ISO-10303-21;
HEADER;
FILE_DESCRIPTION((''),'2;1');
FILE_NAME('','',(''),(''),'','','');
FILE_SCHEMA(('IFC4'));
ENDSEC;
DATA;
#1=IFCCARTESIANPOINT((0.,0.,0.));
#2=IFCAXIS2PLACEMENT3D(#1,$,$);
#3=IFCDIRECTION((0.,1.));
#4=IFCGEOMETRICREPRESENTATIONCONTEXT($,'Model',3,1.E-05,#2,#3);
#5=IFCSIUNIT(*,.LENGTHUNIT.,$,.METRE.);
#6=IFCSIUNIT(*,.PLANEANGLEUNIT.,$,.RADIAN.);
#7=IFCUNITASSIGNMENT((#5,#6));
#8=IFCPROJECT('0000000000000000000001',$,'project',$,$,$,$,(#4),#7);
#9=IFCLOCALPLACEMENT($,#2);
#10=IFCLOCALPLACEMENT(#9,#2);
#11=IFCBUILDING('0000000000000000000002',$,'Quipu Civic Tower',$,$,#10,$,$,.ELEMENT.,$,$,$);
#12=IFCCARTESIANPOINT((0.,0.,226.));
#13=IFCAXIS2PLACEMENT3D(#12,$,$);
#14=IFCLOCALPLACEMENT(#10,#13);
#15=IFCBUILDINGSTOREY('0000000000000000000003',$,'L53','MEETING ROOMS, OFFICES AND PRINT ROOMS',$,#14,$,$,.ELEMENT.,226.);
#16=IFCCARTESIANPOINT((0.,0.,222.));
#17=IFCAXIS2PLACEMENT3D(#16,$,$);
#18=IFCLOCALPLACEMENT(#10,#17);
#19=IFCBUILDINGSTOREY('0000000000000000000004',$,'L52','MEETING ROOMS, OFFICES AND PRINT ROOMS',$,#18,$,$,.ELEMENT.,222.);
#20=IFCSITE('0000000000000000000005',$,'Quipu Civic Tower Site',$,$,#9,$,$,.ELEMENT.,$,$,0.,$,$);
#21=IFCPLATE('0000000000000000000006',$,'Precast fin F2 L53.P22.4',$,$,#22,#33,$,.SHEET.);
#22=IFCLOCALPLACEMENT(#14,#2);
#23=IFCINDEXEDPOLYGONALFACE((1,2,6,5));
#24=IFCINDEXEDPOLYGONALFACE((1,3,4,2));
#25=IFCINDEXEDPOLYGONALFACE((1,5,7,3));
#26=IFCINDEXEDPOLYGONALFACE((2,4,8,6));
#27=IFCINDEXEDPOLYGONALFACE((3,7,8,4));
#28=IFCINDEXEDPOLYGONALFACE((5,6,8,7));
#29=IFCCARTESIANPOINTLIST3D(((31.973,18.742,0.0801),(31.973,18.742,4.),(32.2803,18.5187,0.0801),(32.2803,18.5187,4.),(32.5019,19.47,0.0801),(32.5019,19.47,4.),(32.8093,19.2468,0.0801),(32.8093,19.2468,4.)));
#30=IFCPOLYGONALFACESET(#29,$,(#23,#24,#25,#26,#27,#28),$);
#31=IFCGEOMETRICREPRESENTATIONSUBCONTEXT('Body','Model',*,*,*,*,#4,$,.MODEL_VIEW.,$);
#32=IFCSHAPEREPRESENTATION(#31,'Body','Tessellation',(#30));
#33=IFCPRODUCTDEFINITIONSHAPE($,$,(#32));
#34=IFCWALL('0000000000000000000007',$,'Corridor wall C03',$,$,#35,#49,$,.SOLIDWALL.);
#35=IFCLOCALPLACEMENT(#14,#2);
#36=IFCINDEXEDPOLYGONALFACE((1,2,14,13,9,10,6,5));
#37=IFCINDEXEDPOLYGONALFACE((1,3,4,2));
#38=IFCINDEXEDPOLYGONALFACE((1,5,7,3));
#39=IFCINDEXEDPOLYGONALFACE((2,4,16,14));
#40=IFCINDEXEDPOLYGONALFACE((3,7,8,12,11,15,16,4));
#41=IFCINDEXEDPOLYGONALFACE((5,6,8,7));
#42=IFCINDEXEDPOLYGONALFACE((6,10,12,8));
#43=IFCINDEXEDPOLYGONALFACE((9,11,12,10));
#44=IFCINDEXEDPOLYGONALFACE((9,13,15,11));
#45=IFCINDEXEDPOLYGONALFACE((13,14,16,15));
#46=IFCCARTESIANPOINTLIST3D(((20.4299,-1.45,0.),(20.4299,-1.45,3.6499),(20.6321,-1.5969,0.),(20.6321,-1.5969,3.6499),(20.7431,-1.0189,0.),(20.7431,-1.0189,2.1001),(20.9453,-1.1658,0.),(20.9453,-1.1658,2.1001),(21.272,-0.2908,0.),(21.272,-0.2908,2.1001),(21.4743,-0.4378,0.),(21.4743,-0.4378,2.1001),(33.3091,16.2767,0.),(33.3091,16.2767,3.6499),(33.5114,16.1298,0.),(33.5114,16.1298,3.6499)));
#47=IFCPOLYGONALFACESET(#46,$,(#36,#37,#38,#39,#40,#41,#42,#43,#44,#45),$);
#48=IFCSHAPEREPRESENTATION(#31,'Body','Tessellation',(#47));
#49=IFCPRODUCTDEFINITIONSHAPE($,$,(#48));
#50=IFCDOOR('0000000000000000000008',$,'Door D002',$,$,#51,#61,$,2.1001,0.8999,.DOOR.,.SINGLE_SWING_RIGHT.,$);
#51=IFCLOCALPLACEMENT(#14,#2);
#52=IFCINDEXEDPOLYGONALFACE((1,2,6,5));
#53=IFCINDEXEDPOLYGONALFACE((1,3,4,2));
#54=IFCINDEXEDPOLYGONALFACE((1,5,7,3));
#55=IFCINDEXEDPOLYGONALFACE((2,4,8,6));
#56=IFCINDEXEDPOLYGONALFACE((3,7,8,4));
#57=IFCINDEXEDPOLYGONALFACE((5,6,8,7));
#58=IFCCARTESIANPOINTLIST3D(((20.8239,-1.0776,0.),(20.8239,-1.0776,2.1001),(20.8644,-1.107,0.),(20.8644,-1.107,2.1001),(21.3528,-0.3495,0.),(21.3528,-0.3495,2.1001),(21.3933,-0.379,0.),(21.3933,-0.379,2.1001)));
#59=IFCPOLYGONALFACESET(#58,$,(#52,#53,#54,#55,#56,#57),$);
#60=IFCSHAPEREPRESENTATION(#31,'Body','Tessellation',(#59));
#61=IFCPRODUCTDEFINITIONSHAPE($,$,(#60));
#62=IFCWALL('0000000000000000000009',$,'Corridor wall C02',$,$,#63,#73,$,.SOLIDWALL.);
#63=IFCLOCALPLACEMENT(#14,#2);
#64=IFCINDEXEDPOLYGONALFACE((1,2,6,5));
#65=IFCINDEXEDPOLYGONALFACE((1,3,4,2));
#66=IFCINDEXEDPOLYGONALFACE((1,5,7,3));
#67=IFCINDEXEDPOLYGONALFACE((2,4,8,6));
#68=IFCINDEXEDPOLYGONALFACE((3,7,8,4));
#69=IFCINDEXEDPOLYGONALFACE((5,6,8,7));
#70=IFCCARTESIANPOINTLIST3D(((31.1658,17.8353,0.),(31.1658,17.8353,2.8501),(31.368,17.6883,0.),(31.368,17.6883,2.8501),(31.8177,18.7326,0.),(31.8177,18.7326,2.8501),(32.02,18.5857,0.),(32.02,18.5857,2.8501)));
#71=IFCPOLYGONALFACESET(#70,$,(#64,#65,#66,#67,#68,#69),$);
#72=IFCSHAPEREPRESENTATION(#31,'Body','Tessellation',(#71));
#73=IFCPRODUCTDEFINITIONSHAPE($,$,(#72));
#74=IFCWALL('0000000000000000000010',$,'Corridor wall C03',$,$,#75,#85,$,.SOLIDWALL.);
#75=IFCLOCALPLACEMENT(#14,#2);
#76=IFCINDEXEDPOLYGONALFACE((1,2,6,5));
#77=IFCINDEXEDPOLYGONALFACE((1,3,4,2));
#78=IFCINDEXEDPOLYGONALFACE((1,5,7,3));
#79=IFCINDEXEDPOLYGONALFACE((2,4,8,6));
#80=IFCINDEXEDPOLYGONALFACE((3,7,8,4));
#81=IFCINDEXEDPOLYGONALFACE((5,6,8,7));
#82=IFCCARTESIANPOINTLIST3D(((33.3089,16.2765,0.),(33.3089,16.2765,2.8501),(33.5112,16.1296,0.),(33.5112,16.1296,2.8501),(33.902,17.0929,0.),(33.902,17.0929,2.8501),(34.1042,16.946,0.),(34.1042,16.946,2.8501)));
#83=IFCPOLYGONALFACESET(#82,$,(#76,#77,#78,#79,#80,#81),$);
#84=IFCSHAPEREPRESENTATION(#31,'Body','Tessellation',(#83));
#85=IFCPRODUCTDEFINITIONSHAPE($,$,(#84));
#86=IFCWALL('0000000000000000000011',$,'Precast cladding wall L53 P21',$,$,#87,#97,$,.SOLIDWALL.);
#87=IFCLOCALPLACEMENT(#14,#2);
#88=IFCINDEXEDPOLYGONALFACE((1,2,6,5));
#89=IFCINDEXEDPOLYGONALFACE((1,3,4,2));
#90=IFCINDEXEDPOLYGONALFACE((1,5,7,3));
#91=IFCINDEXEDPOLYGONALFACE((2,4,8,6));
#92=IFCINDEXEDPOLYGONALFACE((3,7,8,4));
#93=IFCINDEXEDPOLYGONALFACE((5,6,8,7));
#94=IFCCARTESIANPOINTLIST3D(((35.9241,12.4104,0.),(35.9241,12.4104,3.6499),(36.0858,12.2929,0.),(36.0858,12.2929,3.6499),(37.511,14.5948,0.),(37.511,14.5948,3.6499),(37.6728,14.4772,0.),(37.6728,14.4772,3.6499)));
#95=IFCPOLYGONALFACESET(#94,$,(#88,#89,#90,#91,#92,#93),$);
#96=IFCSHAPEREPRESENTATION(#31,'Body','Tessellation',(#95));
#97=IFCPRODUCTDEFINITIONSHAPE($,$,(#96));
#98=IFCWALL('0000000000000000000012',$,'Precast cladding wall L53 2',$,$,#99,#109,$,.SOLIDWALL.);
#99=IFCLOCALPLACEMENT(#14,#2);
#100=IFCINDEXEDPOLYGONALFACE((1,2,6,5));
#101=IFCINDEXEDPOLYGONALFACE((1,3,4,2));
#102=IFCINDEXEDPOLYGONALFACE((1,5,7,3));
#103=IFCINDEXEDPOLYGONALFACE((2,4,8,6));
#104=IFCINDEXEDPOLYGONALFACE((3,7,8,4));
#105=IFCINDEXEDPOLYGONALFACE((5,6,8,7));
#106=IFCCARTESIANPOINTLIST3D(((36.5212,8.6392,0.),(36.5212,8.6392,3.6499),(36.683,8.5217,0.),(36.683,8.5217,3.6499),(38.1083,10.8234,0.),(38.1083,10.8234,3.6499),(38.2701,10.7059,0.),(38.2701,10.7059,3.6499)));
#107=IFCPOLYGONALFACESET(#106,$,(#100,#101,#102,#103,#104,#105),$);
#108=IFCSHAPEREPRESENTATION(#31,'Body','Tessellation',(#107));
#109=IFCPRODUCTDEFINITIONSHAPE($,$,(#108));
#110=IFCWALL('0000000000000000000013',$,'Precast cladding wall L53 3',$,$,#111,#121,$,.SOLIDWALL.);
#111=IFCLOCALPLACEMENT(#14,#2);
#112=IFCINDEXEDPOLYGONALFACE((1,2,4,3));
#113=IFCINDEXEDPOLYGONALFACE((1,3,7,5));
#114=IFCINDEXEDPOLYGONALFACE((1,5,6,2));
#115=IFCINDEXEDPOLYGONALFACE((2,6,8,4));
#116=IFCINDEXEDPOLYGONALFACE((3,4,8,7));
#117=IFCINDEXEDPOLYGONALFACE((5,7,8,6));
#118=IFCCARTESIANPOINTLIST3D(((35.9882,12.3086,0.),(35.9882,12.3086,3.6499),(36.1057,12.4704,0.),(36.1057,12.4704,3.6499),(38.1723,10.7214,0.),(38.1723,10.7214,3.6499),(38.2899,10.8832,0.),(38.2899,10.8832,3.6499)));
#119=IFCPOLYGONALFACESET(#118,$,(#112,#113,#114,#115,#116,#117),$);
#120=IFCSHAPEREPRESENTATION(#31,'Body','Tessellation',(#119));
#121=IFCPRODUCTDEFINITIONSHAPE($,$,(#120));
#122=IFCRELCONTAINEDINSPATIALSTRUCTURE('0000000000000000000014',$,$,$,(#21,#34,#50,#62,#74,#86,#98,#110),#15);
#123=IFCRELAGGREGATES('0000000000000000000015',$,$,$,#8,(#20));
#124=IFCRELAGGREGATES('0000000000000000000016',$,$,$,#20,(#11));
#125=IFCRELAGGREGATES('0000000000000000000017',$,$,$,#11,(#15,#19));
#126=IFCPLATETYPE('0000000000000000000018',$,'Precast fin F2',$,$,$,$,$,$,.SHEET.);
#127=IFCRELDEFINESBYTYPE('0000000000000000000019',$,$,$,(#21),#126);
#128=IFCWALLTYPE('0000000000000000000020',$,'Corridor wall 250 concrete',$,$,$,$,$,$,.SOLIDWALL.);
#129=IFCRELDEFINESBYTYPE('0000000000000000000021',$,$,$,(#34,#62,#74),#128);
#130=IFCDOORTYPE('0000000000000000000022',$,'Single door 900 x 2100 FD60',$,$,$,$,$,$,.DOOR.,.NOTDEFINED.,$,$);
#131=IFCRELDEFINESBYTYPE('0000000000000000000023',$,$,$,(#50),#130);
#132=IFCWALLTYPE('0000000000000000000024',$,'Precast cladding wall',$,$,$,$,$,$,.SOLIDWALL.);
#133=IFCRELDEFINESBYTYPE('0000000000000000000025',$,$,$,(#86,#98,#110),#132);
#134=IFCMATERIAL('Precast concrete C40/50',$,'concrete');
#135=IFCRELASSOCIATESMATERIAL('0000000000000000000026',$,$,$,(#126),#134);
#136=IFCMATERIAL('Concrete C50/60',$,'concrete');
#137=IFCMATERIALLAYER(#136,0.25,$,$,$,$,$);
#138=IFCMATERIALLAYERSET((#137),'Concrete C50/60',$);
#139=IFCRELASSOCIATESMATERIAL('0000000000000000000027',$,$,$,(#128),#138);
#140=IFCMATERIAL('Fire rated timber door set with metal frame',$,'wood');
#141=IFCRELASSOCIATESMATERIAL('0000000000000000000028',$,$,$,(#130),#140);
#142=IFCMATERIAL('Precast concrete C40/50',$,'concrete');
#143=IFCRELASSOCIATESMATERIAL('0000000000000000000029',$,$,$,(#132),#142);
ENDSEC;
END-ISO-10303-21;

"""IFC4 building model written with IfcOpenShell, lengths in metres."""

from ifc_helpers import new_model, si_unit, direction, frame, frame_2d, origin, origin_2d, place, context, subcontext, project, spatial, rectangle, extrude, material, layer, layer_set, type_object, element, fill, save


model = new_model("IFC4")

# Units and contexts
model_context = context("Model", 3, precision=1e-05, world=origin(), true_north=direction((0.0, 1.0)))
body_context = subcontext(model_context, "Body", "Model", "MODEL_VIEW")
ifc_project = project(units=[si_unit("LENGTHUNIT", "METRE"), si_unit("PLANEANGLEUNIT", "RADIAN")], contexts=[model_context])

# Site, building, storey
site_placement = place(None, origin())
site = spatial("IfcSite", under=ifc_project, at=site_placement, Name="Quipu Civic Tower Site", CompositionType="ELEMENT", RefElevation=0.0)
building_placement = place(site_placement, origin())
building = spatial("IfcBuilding", under=site, at=building_placement, Name="Quipu Civic Tower", CompositionType="ELEMENT")
storey_1_placement = place(building_placement, frame((0.0, 0.0, 226.0)))
storey_1 = spatial("IfcBuildingStorey", under=building, at=storey_1_placement, Name="L53", Description="MEETING ROOMS, OFFICES AND PRINT ROOMS", CompositionType="ELEMENT", Elevation=226.0)

# Shared definitions
storey_2_placement = place(building_placement, frame((0.0, 0.0, 222.0)))
storey_2 = spatial("IfcBuildingStorey", under=building, at=storey_2_placement, Name="L52", Description="MEETING ROOMS, OFFICES AND PRINT ROOMS", CompositionType="ELEMENT", Elevation=222.0)

# Plate
ifc_material_1 = material(Name="Precast concrete C40/50", Category="concrete")
plate_type_1 = type_object("IfcPlateType", Name="Precast fin F2", PredefinedType="SHEET", material=ifc_material_1)
for number, where, z_axis, x_axis, name in (
    (1, (32.3911, 18.9944, 0.0801), (0.0, 0.0, 1.0), (-0.809017, 0.587785, 0.0), "Precast fin F2 L53.P22.4"),
):
    element("IfcPlate", number, at=place(storey_1_placement, frame(where, z_axis=z_axis, x_axis=x_axis)), inside=storey_1, type_object=plate_type_1, Name=name, PredefinedType="SHEET", context=body_context, shape_type="SweptSolid", body=[
        extrude(rectangle(XDim=0.3799, YDim=0.8999, at=origin_2d()), origin(), (0.0, 0.0, 1.0), 3.9199),
    ])

# Wall, opening, door
ifc_material_2 = material(Name="Concrete C50/60", Category="concrete")
ifc_layer_1 = layer(ifc_material_2, 0.25)
ifc_layer_set_1 = layer_set([ifc_layer_1], Name="Concrete C50/60")
wall_type_1 = type_object("IfcWallType", Name="Corridor wall 250 concrete", PredefinedType="SOLIDWALL", material=ifc_layer_set_1)
wall_1_placement = place(storey_1_placement, frame((33.4102, 16.2031, 0.0), z_axis=(0.0, 0.0, 1.0), x_axis=(-0.587787, -0.809016, 0.0)))
wall_1 = element("IfcWall", 2, at=wall_1_placement, inside=storey_1, type_object=wall_type_1, Name="Corridor wall C03", PredefinedType="SOLIDWALL", context=body_context, shape_type="SweptSolid", body=[
    extrude(rectangle(XDim=21.9114, YDim=0.25, at=frame_2d((10.9556, 0.0))), origin(), (0.0, 0.0, 1.0), 3.6499),
])
opening_placement = place(wall_1_placement, frame((20.4785, 0.0, 0.0)))
opening = element("IfcOpeningElement", 3, at=opening_placement, cuts=wall_1, PredefinedType="OPENING", context=body_context, shape_type="SweptSolid", body=[
    extrude(rectangle(XDim=0.8999, YDim=2.1001, at=frame_2d((0.45, 1.05))), frame((0.0, 0.135, 0.0), z_axis=(0.0, -1.0, 0.0), x_axis=(1.0, 0.0, 0.0)), (0.0, 0.0, 1.0), 0.27),
])
ifc_material_3 = material(Name="Fire rated timber door set with metal frame", Category="wood")
door_type = type_object("IfcDoorType", Name="Single door 900 x 2100 FD60", OperationType="NOTDEFINED", PredefinedType="DOOR", material=ifc_material_3)
door_placement = place(opening_placement, origin())
door = element("IfcDoor", 4, at=door_placement, inside=storey_1, type_object=door_type, Name="Door D002", OperationType="SINGLE_SWING_RIGHT", OverallHeight=2.1001, OverallWidth=0.8999, PredefinedType="DOOR", context=body_context, shape_type="SweptSolid", body=[
    extrude(rectangle(XDim=0.8999, YDim=2.1001, at=frame_2d((0.45, 1.05))), frame((0.0, 0.0249, 0.0), z_axis=(0.0, -1.0, 0.0), x_axis=(1.0, 0.0, 0.0)), (0.0, 0.0, 1.0), 0.05),
])
fill(opening, door)

# Walls
wall_2_placement = place(storey_1_placement, frame((31.2668, 17.7617, 0.0), z_axis=(0.0, 0.0, 1.0), x_axis=(0.587779, 0.809022, 0.0)))
element("IfcWall", 5, at=wall_2_placement, inside=storey_1, type_object=wall_type_1, Name="Corridor wall C02", PredefinedType="SOLIDWALL", context=body_context, shape_type="SweptSolid", body=[
    extrude(rectangle(XDim=1.1091, YDim=0.25, at=frame_2d((0.5547, 0.0))), origin(), (0.0, 0.0, 1.0), 2.8501),
])
wall_3_placement = place(storey_1_placement, frame((33.4102, 16.2031, 0.0), z_axis=(0.0, 0.0, 1.0), x_axis=(0.587697, 0.809081, 0.0)))
element("IfcWall", 6, at=wall_3_placement, inside=storey_1, type_object=wall_type_1, Name="Corridor wall C03", PredefinedType="SOLIDWALL", context=body_context, shape_type="SweptSolid", body=[
    extrude(rectangle(XDim=1.009, YDim=0.25, at=frame_2d((0.5044, 0.0))), origin(), (0.0, 0.0, 1.0), 2.8501),
])
ifc_material_4 = material(Name="Precast concrete C40/50", Category="concrete")
wall_type_2 = type_object("IfcWallType", Name="Precast cladding wall", PredefinedType="SOLIDWALL", material=ifc_material_4)
for number, where, z_axis, x_axis, name in (
    (7, (36.0049, 12.3516, 0.0), (0.0, 0.0, 1.0), (0.587763, 0.809033, 0.0), "Precast cladding wall L53 P21"),
    (8, (36.6021, 8.5803, 0.0), (0.0, 0.0, 1.0), (0.587822, 0.80899, 0.0), "Precast cladding wall L53 2"),
    (9, (38.2312, 10.8022, 0.0), (0.0, 0.0, 1.0), (-0.808959, 0.587865, 0.0), "Precast cladding wall L53 3"),
):
    element("IfcWall", number, at=place(storey_1_placement, frame(where, z_axis=z_axis, x_axis=x_axis)), inside=storey_1, type_object=wall_type_2, Name=name, PredefinedType="SOLIDWALL", context=body_context, shape_type="SweptSolid", body=[
        extrude(rectangle(XDim=2.7, YDim=0.2, at=frame_2d((1.3501, 0.0))), origin(), (0.0, 0.0, 1.0), 3.6499),
    ])

save(model, "model.ifc")
